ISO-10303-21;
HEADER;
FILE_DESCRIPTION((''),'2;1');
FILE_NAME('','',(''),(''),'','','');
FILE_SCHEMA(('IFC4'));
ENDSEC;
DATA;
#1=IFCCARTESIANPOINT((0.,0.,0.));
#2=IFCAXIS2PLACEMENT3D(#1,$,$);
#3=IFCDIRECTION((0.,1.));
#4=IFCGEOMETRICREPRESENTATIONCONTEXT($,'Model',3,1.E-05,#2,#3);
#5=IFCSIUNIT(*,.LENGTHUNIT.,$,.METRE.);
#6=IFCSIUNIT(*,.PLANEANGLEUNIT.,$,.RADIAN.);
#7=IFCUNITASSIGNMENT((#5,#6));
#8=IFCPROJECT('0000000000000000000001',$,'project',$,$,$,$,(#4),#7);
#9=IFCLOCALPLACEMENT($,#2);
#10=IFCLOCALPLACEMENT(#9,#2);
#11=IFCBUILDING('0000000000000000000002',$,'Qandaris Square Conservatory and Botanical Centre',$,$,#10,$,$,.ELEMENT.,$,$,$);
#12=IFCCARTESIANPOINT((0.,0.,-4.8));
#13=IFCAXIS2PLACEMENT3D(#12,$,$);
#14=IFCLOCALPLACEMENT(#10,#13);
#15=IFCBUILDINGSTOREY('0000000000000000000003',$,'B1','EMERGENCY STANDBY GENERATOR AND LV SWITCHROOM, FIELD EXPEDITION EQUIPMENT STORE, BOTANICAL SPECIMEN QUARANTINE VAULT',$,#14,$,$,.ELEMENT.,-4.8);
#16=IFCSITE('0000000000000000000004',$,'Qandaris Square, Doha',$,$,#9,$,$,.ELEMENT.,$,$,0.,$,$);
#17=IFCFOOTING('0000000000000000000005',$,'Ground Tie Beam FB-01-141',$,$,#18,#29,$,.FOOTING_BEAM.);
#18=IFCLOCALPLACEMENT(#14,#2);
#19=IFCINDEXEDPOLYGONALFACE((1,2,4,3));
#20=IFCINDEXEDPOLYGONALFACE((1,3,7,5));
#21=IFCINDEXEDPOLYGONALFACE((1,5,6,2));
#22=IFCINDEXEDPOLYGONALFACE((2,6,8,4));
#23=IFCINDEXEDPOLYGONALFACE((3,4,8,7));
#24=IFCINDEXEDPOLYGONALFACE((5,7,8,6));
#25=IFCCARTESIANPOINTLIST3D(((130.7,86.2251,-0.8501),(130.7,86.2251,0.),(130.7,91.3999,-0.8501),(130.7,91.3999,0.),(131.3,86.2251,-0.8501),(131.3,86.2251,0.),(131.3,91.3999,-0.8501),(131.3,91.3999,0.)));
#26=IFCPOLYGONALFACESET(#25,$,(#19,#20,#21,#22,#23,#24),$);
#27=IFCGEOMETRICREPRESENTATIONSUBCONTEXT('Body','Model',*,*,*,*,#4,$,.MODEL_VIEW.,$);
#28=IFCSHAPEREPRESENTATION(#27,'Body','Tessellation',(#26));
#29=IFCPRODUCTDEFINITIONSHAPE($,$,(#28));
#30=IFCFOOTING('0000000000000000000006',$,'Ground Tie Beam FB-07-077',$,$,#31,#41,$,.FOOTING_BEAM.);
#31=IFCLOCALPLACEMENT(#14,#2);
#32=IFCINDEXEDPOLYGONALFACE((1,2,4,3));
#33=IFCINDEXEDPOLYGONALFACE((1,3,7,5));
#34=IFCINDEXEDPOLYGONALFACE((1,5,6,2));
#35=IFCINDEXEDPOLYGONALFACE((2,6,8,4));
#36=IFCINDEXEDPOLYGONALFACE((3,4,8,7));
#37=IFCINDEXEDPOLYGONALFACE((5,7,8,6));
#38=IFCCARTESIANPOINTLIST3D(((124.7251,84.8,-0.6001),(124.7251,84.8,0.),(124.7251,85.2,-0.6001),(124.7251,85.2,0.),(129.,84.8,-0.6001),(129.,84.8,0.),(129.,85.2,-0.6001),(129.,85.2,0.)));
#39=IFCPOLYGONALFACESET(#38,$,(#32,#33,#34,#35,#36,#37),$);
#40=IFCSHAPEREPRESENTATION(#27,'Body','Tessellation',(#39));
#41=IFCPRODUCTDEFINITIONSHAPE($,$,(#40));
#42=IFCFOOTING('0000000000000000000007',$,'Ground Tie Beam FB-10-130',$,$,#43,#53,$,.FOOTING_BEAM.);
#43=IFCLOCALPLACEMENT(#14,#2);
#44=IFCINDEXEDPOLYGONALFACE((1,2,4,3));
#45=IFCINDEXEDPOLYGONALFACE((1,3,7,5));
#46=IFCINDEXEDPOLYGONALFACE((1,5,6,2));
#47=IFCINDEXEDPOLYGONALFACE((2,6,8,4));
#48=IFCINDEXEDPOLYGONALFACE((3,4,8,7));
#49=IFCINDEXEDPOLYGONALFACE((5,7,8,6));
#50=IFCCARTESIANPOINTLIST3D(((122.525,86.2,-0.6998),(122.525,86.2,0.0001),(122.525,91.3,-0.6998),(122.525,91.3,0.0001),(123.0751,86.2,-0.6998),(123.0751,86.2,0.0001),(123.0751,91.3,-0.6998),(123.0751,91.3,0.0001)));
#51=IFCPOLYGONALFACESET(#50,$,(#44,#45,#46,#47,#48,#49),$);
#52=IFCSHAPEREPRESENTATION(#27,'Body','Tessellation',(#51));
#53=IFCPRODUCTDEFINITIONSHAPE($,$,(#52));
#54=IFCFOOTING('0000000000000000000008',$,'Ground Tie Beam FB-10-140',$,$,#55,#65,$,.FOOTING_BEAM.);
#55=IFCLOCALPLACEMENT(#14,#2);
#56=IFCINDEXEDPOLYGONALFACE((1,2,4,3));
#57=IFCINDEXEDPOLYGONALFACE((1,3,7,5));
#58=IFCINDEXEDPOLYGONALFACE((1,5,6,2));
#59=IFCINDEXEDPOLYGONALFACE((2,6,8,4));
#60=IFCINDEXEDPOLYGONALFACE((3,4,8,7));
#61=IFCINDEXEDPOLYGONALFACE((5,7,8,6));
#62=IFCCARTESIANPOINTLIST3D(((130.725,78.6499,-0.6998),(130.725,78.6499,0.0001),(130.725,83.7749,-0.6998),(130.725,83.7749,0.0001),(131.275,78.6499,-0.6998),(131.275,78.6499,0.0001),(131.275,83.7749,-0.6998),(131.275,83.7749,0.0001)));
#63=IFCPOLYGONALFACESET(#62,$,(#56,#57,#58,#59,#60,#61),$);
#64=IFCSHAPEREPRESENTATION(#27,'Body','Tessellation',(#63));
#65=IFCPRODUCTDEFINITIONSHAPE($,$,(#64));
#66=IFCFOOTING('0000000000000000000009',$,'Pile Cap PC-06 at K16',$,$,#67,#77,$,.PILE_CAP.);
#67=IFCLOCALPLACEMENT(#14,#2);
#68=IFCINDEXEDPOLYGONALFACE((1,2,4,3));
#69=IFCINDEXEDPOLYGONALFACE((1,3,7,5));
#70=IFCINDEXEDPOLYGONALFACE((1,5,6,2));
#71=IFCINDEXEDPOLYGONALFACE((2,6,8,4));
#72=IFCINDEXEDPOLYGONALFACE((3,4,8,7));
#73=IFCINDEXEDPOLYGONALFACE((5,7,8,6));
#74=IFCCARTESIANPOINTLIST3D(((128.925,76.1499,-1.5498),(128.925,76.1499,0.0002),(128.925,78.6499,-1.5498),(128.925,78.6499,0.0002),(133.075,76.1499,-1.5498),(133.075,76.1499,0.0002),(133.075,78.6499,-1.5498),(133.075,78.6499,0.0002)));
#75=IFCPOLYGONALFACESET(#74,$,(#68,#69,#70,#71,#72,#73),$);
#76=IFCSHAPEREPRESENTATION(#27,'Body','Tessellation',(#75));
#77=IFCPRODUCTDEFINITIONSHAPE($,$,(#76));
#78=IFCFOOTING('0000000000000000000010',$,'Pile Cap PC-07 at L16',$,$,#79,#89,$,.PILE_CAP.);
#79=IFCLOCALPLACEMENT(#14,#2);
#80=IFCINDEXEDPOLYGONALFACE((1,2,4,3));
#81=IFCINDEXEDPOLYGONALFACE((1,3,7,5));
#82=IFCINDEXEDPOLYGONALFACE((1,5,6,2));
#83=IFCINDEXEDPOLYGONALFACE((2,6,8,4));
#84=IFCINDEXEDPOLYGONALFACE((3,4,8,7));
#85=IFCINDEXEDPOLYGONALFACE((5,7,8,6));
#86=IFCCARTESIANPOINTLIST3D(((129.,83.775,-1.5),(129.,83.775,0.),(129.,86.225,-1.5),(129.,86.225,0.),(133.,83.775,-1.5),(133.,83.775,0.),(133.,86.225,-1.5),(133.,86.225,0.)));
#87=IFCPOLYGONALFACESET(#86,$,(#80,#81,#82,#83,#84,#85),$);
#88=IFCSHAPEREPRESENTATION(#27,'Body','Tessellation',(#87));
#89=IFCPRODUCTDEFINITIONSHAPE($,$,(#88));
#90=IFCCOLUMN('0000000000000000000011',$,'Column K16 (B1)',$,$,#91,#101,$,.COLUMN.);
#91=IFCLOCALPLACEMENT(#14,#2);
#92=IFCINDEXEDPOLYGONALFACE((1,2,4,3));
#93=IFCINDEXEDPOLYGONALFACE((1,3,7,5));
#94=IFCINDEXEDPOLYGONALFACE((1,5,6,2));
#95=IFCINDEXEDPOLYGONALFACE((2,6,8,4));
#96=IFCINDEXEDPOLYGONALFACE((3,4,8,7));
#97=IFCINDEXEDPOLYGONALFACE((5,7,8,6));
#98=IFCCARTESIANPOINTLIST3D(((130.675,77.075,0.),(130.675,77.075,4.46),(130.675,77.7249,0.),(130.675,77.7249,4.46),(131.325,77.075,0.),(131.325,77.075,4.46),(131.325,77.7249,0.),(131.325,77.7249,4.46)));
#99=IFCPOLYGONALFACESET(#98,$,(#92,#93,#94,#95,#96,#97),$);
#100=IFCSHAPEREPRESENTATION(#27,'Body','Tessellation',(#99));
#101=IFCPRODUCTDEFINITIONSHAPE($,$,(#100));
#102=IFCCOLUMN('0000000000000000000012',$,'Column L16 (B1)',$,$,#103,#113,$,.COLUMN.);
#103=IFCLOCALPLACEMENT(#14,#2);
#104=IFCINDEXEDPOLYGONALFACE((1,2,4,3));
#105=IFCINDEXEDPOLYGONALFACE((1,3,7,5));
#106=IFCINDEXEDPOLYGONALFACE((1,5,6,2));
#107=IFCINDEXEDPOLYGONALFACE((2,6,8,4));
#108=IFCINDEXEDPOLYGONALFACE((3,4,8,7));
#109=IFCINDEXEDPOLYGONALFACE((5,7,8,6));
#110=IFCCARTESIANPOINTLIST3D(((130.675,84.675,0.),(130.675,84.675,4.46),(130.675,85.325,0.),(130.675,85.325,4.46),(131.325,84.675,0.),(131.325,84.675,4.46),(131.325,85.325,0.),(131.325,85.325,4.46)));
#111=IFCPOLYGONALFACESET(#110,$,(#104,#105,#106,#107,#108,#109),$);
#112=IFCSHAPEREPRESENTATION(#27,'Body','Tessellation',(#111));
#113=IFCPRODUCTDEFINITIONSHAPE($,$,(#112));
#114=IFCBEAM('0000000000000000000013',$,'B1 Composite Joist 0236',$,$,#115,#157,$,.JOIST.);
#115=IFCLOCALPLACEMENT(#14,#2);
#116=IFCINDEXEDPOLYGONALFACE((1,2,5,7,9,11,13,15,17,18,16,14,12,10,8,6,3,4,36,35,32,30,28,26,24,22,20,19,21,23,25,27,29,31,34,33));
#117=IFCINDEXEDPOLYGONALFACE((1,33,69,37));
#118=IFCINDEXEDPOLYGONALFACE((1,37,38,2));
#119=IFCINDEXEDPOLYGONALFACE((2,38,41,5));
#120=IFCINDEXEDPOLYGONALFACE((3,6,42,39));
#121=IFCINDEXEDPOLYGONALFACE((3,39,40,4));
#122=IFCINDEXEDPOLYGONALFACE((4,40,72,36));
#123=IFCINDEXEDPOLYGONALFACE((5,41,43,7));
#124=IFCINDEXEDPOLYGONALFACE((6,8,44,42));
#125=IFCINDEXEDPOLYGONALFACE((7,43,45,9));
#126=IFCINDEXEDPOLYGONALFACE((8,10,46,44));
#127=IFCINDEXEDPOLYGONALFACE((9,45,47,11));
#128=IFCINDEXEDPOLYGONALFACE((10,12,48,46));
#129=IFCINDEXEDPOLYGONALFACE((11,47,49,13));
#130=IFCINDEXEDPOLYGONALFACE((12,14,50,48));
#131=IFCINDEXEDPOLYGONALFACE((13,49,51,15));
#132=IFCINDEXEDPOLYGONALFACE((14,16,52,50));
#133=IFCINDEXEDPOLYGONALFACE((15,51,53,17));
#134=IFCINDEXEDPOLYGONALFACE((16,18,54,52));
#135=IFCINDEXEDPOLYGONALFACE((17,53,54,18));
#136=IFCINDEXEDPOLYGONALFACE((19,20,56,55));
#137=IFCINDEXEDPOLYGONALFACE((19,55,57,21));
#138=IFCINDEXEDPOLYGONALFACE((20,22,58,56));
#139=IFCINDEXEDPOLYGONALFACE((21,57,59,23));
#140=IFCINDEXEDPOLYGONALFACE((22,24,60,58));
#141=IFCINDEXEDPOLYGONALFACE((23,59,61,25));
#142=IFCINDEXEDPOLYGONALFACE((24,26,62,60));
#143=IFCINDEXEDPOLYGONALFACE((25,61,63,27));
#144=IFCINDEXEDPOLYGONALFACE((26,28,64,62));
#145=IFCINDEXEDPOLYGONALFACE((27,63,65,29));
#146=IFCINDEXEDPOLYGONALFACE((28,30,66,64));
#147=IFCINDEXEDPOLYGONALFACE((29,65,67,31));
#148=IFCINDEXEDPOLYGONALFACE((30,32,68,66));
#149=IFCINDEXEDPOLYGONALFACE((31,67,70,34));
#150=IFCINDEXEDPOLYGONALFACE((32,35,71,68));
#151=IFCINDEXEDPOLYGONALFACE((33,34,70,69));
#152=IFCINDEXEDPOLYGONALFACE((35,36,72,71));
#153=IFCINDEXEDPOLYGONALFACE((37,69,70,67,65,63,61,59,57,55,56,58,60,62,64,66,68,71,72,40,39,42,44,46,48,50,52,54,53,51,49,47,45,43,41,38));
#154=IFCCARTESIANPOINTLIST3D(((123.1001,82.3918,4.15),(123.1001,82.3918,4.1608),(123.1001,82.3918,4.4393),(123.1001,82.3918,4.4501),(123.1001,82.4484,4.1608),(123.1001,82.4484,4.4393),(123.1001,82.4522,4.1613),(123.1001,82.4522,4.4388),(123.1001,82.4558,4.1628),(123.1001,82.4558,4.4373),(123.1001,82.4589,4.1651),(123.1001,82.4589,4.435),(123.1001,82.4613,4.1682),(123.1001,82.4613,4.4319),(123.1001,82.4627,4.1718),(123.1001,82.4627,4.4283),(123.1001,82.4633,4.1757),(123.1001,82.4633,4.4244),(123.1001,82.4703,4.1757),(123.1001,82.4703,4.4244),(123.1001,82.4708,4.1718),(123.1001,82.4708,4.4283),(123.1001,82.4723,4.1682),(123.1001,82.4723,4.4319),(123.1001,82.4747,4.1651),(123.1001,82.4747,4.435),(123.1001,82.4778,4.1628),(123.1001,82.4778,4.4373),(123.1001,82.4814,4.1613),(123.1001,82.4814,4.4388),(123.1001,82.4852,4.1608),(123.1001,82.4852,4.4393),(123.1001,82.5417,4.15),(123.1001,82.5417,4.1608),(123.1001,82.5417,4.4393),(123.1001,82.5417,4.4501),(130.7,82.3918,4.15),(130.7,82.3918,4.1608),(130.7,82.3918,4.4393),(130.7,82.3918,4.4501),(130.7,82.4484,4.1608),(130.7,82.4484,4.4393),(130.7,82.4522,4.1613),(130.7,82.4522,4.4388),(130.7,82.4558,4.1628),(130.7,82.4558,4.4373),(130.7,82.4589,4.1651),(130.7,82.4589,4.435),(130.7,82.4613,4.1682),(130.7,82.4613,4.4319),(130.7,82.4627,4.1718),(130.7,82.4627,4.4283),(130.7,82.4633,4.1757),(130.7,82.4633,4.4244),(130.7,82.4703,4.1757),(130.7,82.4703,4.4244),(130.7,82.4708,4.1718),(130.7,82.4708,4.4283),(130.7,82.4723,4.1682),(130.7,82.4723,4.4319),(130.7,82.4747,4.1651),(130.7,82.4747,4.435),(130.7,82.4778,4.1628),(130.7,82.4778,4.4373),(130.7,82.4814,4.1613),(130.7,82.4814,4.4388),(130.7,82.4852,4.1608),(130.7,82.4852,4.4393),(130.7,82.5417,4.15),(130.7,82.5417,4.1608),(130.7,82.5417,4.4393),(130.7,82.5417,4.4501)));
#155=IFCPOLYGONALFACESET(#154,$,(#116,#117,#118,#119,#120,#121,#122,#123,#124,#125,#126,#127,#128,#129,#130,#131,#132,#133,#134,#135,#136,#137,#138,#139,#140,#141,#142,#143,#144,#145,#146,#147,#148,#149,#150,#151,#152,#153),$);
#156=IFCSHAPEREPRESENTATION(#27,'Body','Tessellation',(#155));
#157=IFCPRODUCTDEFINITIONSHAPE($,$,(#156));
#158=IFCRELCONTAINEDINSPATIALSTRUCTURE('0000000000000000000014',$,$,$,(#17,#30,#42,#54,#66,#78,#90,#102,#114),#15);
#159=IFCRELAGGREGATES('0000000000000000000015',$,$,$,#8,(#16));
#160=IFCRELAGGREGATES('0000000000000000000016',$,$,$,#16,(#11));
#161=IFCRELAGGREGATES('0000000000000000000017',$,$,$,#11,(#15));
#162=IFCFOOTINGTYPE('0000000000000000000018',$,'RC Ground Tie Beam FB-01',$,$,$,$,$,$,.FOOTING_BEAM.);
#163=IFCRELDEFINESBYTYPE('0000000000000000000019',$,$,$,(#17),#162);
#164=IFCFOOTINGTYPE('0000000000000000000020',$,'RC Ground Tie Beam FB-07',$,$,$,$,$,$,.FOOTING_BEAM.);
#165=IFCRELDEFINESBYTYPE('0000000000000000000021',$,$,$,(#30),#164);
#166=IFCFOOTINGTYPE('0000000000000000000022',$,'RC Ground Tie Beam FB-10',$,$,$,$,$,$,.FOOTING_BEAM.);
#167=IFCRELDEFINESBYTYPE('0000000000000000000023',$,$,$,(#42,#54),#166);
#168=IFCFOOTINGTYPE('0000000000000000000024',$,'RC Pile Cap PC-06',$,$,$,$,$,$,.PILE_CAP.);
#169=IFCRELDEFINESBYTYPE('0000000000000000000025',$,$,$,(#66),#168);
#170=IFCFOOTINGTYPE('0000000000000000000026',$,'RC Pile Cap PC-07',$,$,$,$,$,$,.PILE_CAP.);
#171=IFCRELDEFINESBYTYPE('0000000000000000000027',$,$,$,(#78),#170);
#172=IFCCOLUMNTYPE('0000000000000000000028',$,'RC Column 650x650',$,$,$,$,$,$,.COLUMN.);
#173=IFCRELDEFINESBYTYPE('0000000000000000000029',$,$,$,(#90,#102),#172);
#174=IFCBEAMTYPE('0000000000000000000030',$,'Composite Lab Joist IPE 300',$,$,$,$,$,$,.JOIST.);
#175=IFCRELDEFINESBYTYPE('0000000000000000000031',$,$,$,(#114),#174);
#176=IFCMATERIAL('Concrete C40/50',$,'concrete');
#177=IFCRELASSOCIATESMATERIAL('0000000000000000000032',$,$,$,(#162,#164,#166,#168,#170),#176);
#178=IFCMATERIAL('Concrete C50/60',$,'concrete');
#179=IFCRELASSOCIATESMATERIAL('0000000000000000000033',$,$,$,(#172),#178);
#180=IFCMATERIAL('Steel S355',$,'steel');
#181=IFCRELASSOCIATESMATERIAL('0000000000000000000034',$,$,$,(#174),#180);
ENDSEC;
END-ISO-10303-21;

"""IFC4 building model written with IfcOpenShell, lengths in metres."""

from ifc_helpers import new_model, si_unit, direction, frame, origin, origin_2d, place, context, subcontext, project, spatial, rectangle, i_section, extrude, material, material_profile, profile_set, type_object, element, save


model = new_model("IFC4")

# Units and contexts
model_context = context("Model", 3, precision=1e-05, world=origin(), true_north=direction((0.0, 1.0)))
body_context = subcontext(model_context, "Body", "Model", "MODEL_VIEW")
ifc_project = project(units=[si_unit("LENGTHUNIT", "METRE"), si_unit("PLANEANGLEUNIT", "RADIAN")], contexts=[model_context])

# Site, building, storey
site_placement = place(None, origin())
site = spatial("IfcSite", under=ifc_project, at=site_placement, Name="Qandaris Square, Doha", CompositionType="ELEMENT", RefElevation=0.0)
building_placement = place(site_placement, origin())
building = spatial("IfcBuilding", under=site, at=building_placement, Name="Qandaris Square Conservatory and Botanical Centre", CompositionType="ELEMENT")
storey_placement = place(building_placement, frame((0.0, 0.0, -4.8)))
storey = spatial("IfcBuildingStorey", under=building, at=storey_placement, Name="B1", Description="EMERGENCY STANDBY GENERATOR AND LV SWITCHROOM, FIELD EXPEDITION EQUIPMENT STORE, BOTANICAL SPECIMEN QUARANTINE VAULT", CompositionType="ELEMENT", Elevation=-4.8)

# Shared definitions
ifc_material_1 = material(Name="Concrete C50/60", Category="concrete")

# Footings
ifc_material_2 = material(Name="Concrete C40/50", Category="concrete")
ifc_material_profile_1 = material_profile(ifc_material_2, rectangle(XDim=0.6001, YDim=0.8501, at=origin_2d()), Name="FB 600x850")
ifc_profile_set_1 = profile_set([ifc_material_profile_1], Name="Concrete C40/50")
footing_type_1 = type_object("IfcFootingType", Name="RC Ground Tie Beam FB-01", PredefinedType="FOOTING_BEAM", material=ifc_profile_set_1)
footing_1_placement = place(storey_placement, frame((131.0, 86.2251, -0.425), z_axis=(0.0, 1.0, 0.0), x_axis=(-1.0, 0.0, 0.0)))
element("IfcFooting", 1, at=footing_1_placement, inside=storey, type_object=footing_type_1, Name="Ground Tie Beam FB-01-141", PredefinedType="FOOTING_BEAM", context=body_context, shape_type="SweptSolid", body=[
    extrude(rectangle(XDim=0.6001, YDim=0.8501, at=origin_2d()), origin(), (0.0, 0.0, 1.0), 5.1748),
])
ifc_material_profile_2 = material_profile(ifc_material_2, rectangle(XDim=0.3999, YDim=0.6001, at=origin_2d()), Name="FB 400x600")
ifc_profile_set_2 = profile_set([ifc_material_profile_2], Name="Concrete C40/50")
footing_type_2 = type_object("IfcFootingType", Name="RC Ground Tie Beam FB-07", PredefinedType="FOOTING_BEAM", material=ifc_profile_set_2)
footing_2_placement = place(storey_placement, frame((124.7251, 85.0, -0.3), z_axis=(1.0, 0.0, 0.0), x_axis=(0.0, 1.0, 0.0)))
element("IfcFooting", 2, at=footing_2_placement, inside=storey, type_object=footing_type_2, Name="Ground Tie Beam FB-07-077", PredefinedType="FOOTING_BEAM", context=body_context, shape_type="SweptSolid", body=[
    extrude(rectangle(XDim=0.3999, YDim=0.6001, at=origin_2d()), origin(), (0.0, 0.0, 1.0), 4.2749),
])
ifc_material_profile_3 = material_profile(ifc_material_2, rectangle(XDim=0.55, YDim=0.7, at=origin_2d()), Name="FB 550x700")
ifc_profile_set_3 = profile_set([ifc_material_profile_3], Name="Concrete C40/50")
footing_type_3 = type_object("IfcFootingType", Name="RC Ground Tie Beam FB-10", PredefinedType="FOOTING_BEAM", material=ifc_profile_set_3)
footing_3_placement = place(storey_placement, frame((122.8, 86.2, -0.3499), z_axis=(0.0, 1.0, 0.0), x_axis=(-1.0, 0.0, 0.0)))
element("IfcFooting", 3, at=footing_3_placement, inside=storey, type_object=footing_type_3, Name="Ground Tie Beam FB-10-130", PredefinedType="FOOTING_BEAM", context=body_context, shape_type="SweptSolid", body=[
    extrude(rectangle(XDim=0.55, YDim=0.7, at=origin_2d()), origin(), (0.0, 0.0, 1.0), 5.1001),
])
footing_4_placement = place(storey_placement, frame((131.0, 78.6499, -0.3499), z_axis=(0.0, 1.0, 0.0), x_axis=(-1.0, 0.0, 0.0)))
element("IfcFooting", 4, at=footing_4_placement, inside=storey, type_object=footing_type_3, Name="Ground Tie Beam FB-10-140", PredefinedType="FOOTING_BEAM", context=body_context, shape_type="SweptSolid", body=[
    extrude(rectangle(XDim=0.55, YDim=0.7, at=origin_2d()), origin(), (0.0, 0.0, 1.0), 5.125),
])
footing_type_4 = type_object("IfcFootingType", Name="RC Pile Cap PC-06", PredefinedType="PILE_CAP", material=ifc_material_2)
footing_5_placement = place(storey_placement, frame((131.0, 77.3999, -1.5498), z_axis=(0.0, 0.0, 1.0), x_axis=(1.0, 0.0, 0.0)))
element("IfcFooting", 5, at=footing_5_placement, inside=storey, type_object=footing_type_4, Name="Pile Cap PC-06 at K16", PredefinedType="PILE_CAP", context=body_context, shape_type="SweptSolid", body=[
    extrude(rectangle(XDim=4.1499, YDim=2.5, at=origin_2d()), origin(), (0.0, 0.0, 1.0), 1.55),
])
footing_type_5 = type_object("IfcFootingType", Name="RC Pile Cap PC-07", PredefinedType="PILE_CAP", material=ifc_material_2)
footing_6_placement = place(storey_placement, frame((131.0, 85.0, -1.5), z_axis=(0.0, 0.0, 1.0), x_axis=(1.0, 0.0, 0.0)))
element("IfcFooting", 6, at=footing_6_placement, inside=storey, type_object=footing_type_5, Name="Pile Cap PC-07 at L16", PredefinedType="PILE_CAP", context=body_context, shape_type="SweptSolid", body=[
    extrude(rectangle(XDim=4.0, YDim=2.45, at=origin_2d()), origin(), (0.0, 0.0, 1.0), 1.5),
])

# Columns
ifc_material_profile_4 = material_profile(ifc_material_1, rectangle(XDim=0.6499, YDim=0.6499, at=origin_2d()), Name="RC-COL 650x650")
ifc_profile_set_4 = profile_set([ifc_material_profile_4], Name="Concrete C50/60")
column_type = type_object("IfcColumnType", Name="RC Column 650x650", PredefinedType="COLUMN", material=ifc_profile_set_4)
for number, where, z_axis, x_axis, name in (
    (7, (131.0, 77.3999, 0.0), (0.0, 0.0, 1.0), (1.0, 0.0, 0.0), "Column K16 (B1)"),
    (8, (131.0, 85.0, 0.0), (0.0, 0.0, 1.0), (1.0, 0.0, 0.0), "Column L16 (B1)"),
):
    element("IfcColumn", number, at=place(storey_placement, frame(where, z_axis=z_axis, x_axis=x_axis)), inside=storey, type_object=column_type, Name=name, PredefinedType="COLUMN", context=body_context, shape_type="SweptSolid", body=[
        extrude(rectangle(XDim=0.6499, YDim=0.6499, at=origin_2d()), origin(), (0.0, 0.0, 1.0), 4.46),
    ])

# Beam
ifc_material_3 = material(Name="Steel S355", Category="steel")
ifc_material_profile_5 = material_profile(ifc_material_3, i_section(OverallWidth=0.1499, OverallDepth=0.3, WebThickness=0.0071, FlangeThickness=0.0107, FilletRadius=0.0149, at=origin_2d()), Name="IPE 300")
ifc_profile_set_5 = profile_set([ifc_material_profile_5], Name="Steel S355")
beam_type_1 = type_object("IfcBeamType", Name="Composite Lab Joist IPE 300", PredefinedType="JOIST", material=ifc_profile_set_5)
for number, where, z_axis, x_axis, name in (
    (9, (123.1001, 82.4668, 4.3), (1.0, 0.0, 0.0), (0.0, 1.0, 0.0), "B1 Composite Joist 0236"),
):
    element("IfcBeam", number, at=place(storey_placement, frame(where, z_axis=z_axis, x_axis=x_axis)), inside=storey, type_object=beam_type_1, Name=name, PredefinedType="JOIST", context=body_context, shape_type="SweptSolid", body=[
        extrude(i_section(OverallWidth=0.1499, OverallDepth=0.3, WebThickness=0.0071, FlangeThickness=0.0107, FilletRadius=0.0149, at=origin_2d()), origin(), (0.0, 0.0, 1.0), 7.5999),
    ])

save(model, "model.ifc")
